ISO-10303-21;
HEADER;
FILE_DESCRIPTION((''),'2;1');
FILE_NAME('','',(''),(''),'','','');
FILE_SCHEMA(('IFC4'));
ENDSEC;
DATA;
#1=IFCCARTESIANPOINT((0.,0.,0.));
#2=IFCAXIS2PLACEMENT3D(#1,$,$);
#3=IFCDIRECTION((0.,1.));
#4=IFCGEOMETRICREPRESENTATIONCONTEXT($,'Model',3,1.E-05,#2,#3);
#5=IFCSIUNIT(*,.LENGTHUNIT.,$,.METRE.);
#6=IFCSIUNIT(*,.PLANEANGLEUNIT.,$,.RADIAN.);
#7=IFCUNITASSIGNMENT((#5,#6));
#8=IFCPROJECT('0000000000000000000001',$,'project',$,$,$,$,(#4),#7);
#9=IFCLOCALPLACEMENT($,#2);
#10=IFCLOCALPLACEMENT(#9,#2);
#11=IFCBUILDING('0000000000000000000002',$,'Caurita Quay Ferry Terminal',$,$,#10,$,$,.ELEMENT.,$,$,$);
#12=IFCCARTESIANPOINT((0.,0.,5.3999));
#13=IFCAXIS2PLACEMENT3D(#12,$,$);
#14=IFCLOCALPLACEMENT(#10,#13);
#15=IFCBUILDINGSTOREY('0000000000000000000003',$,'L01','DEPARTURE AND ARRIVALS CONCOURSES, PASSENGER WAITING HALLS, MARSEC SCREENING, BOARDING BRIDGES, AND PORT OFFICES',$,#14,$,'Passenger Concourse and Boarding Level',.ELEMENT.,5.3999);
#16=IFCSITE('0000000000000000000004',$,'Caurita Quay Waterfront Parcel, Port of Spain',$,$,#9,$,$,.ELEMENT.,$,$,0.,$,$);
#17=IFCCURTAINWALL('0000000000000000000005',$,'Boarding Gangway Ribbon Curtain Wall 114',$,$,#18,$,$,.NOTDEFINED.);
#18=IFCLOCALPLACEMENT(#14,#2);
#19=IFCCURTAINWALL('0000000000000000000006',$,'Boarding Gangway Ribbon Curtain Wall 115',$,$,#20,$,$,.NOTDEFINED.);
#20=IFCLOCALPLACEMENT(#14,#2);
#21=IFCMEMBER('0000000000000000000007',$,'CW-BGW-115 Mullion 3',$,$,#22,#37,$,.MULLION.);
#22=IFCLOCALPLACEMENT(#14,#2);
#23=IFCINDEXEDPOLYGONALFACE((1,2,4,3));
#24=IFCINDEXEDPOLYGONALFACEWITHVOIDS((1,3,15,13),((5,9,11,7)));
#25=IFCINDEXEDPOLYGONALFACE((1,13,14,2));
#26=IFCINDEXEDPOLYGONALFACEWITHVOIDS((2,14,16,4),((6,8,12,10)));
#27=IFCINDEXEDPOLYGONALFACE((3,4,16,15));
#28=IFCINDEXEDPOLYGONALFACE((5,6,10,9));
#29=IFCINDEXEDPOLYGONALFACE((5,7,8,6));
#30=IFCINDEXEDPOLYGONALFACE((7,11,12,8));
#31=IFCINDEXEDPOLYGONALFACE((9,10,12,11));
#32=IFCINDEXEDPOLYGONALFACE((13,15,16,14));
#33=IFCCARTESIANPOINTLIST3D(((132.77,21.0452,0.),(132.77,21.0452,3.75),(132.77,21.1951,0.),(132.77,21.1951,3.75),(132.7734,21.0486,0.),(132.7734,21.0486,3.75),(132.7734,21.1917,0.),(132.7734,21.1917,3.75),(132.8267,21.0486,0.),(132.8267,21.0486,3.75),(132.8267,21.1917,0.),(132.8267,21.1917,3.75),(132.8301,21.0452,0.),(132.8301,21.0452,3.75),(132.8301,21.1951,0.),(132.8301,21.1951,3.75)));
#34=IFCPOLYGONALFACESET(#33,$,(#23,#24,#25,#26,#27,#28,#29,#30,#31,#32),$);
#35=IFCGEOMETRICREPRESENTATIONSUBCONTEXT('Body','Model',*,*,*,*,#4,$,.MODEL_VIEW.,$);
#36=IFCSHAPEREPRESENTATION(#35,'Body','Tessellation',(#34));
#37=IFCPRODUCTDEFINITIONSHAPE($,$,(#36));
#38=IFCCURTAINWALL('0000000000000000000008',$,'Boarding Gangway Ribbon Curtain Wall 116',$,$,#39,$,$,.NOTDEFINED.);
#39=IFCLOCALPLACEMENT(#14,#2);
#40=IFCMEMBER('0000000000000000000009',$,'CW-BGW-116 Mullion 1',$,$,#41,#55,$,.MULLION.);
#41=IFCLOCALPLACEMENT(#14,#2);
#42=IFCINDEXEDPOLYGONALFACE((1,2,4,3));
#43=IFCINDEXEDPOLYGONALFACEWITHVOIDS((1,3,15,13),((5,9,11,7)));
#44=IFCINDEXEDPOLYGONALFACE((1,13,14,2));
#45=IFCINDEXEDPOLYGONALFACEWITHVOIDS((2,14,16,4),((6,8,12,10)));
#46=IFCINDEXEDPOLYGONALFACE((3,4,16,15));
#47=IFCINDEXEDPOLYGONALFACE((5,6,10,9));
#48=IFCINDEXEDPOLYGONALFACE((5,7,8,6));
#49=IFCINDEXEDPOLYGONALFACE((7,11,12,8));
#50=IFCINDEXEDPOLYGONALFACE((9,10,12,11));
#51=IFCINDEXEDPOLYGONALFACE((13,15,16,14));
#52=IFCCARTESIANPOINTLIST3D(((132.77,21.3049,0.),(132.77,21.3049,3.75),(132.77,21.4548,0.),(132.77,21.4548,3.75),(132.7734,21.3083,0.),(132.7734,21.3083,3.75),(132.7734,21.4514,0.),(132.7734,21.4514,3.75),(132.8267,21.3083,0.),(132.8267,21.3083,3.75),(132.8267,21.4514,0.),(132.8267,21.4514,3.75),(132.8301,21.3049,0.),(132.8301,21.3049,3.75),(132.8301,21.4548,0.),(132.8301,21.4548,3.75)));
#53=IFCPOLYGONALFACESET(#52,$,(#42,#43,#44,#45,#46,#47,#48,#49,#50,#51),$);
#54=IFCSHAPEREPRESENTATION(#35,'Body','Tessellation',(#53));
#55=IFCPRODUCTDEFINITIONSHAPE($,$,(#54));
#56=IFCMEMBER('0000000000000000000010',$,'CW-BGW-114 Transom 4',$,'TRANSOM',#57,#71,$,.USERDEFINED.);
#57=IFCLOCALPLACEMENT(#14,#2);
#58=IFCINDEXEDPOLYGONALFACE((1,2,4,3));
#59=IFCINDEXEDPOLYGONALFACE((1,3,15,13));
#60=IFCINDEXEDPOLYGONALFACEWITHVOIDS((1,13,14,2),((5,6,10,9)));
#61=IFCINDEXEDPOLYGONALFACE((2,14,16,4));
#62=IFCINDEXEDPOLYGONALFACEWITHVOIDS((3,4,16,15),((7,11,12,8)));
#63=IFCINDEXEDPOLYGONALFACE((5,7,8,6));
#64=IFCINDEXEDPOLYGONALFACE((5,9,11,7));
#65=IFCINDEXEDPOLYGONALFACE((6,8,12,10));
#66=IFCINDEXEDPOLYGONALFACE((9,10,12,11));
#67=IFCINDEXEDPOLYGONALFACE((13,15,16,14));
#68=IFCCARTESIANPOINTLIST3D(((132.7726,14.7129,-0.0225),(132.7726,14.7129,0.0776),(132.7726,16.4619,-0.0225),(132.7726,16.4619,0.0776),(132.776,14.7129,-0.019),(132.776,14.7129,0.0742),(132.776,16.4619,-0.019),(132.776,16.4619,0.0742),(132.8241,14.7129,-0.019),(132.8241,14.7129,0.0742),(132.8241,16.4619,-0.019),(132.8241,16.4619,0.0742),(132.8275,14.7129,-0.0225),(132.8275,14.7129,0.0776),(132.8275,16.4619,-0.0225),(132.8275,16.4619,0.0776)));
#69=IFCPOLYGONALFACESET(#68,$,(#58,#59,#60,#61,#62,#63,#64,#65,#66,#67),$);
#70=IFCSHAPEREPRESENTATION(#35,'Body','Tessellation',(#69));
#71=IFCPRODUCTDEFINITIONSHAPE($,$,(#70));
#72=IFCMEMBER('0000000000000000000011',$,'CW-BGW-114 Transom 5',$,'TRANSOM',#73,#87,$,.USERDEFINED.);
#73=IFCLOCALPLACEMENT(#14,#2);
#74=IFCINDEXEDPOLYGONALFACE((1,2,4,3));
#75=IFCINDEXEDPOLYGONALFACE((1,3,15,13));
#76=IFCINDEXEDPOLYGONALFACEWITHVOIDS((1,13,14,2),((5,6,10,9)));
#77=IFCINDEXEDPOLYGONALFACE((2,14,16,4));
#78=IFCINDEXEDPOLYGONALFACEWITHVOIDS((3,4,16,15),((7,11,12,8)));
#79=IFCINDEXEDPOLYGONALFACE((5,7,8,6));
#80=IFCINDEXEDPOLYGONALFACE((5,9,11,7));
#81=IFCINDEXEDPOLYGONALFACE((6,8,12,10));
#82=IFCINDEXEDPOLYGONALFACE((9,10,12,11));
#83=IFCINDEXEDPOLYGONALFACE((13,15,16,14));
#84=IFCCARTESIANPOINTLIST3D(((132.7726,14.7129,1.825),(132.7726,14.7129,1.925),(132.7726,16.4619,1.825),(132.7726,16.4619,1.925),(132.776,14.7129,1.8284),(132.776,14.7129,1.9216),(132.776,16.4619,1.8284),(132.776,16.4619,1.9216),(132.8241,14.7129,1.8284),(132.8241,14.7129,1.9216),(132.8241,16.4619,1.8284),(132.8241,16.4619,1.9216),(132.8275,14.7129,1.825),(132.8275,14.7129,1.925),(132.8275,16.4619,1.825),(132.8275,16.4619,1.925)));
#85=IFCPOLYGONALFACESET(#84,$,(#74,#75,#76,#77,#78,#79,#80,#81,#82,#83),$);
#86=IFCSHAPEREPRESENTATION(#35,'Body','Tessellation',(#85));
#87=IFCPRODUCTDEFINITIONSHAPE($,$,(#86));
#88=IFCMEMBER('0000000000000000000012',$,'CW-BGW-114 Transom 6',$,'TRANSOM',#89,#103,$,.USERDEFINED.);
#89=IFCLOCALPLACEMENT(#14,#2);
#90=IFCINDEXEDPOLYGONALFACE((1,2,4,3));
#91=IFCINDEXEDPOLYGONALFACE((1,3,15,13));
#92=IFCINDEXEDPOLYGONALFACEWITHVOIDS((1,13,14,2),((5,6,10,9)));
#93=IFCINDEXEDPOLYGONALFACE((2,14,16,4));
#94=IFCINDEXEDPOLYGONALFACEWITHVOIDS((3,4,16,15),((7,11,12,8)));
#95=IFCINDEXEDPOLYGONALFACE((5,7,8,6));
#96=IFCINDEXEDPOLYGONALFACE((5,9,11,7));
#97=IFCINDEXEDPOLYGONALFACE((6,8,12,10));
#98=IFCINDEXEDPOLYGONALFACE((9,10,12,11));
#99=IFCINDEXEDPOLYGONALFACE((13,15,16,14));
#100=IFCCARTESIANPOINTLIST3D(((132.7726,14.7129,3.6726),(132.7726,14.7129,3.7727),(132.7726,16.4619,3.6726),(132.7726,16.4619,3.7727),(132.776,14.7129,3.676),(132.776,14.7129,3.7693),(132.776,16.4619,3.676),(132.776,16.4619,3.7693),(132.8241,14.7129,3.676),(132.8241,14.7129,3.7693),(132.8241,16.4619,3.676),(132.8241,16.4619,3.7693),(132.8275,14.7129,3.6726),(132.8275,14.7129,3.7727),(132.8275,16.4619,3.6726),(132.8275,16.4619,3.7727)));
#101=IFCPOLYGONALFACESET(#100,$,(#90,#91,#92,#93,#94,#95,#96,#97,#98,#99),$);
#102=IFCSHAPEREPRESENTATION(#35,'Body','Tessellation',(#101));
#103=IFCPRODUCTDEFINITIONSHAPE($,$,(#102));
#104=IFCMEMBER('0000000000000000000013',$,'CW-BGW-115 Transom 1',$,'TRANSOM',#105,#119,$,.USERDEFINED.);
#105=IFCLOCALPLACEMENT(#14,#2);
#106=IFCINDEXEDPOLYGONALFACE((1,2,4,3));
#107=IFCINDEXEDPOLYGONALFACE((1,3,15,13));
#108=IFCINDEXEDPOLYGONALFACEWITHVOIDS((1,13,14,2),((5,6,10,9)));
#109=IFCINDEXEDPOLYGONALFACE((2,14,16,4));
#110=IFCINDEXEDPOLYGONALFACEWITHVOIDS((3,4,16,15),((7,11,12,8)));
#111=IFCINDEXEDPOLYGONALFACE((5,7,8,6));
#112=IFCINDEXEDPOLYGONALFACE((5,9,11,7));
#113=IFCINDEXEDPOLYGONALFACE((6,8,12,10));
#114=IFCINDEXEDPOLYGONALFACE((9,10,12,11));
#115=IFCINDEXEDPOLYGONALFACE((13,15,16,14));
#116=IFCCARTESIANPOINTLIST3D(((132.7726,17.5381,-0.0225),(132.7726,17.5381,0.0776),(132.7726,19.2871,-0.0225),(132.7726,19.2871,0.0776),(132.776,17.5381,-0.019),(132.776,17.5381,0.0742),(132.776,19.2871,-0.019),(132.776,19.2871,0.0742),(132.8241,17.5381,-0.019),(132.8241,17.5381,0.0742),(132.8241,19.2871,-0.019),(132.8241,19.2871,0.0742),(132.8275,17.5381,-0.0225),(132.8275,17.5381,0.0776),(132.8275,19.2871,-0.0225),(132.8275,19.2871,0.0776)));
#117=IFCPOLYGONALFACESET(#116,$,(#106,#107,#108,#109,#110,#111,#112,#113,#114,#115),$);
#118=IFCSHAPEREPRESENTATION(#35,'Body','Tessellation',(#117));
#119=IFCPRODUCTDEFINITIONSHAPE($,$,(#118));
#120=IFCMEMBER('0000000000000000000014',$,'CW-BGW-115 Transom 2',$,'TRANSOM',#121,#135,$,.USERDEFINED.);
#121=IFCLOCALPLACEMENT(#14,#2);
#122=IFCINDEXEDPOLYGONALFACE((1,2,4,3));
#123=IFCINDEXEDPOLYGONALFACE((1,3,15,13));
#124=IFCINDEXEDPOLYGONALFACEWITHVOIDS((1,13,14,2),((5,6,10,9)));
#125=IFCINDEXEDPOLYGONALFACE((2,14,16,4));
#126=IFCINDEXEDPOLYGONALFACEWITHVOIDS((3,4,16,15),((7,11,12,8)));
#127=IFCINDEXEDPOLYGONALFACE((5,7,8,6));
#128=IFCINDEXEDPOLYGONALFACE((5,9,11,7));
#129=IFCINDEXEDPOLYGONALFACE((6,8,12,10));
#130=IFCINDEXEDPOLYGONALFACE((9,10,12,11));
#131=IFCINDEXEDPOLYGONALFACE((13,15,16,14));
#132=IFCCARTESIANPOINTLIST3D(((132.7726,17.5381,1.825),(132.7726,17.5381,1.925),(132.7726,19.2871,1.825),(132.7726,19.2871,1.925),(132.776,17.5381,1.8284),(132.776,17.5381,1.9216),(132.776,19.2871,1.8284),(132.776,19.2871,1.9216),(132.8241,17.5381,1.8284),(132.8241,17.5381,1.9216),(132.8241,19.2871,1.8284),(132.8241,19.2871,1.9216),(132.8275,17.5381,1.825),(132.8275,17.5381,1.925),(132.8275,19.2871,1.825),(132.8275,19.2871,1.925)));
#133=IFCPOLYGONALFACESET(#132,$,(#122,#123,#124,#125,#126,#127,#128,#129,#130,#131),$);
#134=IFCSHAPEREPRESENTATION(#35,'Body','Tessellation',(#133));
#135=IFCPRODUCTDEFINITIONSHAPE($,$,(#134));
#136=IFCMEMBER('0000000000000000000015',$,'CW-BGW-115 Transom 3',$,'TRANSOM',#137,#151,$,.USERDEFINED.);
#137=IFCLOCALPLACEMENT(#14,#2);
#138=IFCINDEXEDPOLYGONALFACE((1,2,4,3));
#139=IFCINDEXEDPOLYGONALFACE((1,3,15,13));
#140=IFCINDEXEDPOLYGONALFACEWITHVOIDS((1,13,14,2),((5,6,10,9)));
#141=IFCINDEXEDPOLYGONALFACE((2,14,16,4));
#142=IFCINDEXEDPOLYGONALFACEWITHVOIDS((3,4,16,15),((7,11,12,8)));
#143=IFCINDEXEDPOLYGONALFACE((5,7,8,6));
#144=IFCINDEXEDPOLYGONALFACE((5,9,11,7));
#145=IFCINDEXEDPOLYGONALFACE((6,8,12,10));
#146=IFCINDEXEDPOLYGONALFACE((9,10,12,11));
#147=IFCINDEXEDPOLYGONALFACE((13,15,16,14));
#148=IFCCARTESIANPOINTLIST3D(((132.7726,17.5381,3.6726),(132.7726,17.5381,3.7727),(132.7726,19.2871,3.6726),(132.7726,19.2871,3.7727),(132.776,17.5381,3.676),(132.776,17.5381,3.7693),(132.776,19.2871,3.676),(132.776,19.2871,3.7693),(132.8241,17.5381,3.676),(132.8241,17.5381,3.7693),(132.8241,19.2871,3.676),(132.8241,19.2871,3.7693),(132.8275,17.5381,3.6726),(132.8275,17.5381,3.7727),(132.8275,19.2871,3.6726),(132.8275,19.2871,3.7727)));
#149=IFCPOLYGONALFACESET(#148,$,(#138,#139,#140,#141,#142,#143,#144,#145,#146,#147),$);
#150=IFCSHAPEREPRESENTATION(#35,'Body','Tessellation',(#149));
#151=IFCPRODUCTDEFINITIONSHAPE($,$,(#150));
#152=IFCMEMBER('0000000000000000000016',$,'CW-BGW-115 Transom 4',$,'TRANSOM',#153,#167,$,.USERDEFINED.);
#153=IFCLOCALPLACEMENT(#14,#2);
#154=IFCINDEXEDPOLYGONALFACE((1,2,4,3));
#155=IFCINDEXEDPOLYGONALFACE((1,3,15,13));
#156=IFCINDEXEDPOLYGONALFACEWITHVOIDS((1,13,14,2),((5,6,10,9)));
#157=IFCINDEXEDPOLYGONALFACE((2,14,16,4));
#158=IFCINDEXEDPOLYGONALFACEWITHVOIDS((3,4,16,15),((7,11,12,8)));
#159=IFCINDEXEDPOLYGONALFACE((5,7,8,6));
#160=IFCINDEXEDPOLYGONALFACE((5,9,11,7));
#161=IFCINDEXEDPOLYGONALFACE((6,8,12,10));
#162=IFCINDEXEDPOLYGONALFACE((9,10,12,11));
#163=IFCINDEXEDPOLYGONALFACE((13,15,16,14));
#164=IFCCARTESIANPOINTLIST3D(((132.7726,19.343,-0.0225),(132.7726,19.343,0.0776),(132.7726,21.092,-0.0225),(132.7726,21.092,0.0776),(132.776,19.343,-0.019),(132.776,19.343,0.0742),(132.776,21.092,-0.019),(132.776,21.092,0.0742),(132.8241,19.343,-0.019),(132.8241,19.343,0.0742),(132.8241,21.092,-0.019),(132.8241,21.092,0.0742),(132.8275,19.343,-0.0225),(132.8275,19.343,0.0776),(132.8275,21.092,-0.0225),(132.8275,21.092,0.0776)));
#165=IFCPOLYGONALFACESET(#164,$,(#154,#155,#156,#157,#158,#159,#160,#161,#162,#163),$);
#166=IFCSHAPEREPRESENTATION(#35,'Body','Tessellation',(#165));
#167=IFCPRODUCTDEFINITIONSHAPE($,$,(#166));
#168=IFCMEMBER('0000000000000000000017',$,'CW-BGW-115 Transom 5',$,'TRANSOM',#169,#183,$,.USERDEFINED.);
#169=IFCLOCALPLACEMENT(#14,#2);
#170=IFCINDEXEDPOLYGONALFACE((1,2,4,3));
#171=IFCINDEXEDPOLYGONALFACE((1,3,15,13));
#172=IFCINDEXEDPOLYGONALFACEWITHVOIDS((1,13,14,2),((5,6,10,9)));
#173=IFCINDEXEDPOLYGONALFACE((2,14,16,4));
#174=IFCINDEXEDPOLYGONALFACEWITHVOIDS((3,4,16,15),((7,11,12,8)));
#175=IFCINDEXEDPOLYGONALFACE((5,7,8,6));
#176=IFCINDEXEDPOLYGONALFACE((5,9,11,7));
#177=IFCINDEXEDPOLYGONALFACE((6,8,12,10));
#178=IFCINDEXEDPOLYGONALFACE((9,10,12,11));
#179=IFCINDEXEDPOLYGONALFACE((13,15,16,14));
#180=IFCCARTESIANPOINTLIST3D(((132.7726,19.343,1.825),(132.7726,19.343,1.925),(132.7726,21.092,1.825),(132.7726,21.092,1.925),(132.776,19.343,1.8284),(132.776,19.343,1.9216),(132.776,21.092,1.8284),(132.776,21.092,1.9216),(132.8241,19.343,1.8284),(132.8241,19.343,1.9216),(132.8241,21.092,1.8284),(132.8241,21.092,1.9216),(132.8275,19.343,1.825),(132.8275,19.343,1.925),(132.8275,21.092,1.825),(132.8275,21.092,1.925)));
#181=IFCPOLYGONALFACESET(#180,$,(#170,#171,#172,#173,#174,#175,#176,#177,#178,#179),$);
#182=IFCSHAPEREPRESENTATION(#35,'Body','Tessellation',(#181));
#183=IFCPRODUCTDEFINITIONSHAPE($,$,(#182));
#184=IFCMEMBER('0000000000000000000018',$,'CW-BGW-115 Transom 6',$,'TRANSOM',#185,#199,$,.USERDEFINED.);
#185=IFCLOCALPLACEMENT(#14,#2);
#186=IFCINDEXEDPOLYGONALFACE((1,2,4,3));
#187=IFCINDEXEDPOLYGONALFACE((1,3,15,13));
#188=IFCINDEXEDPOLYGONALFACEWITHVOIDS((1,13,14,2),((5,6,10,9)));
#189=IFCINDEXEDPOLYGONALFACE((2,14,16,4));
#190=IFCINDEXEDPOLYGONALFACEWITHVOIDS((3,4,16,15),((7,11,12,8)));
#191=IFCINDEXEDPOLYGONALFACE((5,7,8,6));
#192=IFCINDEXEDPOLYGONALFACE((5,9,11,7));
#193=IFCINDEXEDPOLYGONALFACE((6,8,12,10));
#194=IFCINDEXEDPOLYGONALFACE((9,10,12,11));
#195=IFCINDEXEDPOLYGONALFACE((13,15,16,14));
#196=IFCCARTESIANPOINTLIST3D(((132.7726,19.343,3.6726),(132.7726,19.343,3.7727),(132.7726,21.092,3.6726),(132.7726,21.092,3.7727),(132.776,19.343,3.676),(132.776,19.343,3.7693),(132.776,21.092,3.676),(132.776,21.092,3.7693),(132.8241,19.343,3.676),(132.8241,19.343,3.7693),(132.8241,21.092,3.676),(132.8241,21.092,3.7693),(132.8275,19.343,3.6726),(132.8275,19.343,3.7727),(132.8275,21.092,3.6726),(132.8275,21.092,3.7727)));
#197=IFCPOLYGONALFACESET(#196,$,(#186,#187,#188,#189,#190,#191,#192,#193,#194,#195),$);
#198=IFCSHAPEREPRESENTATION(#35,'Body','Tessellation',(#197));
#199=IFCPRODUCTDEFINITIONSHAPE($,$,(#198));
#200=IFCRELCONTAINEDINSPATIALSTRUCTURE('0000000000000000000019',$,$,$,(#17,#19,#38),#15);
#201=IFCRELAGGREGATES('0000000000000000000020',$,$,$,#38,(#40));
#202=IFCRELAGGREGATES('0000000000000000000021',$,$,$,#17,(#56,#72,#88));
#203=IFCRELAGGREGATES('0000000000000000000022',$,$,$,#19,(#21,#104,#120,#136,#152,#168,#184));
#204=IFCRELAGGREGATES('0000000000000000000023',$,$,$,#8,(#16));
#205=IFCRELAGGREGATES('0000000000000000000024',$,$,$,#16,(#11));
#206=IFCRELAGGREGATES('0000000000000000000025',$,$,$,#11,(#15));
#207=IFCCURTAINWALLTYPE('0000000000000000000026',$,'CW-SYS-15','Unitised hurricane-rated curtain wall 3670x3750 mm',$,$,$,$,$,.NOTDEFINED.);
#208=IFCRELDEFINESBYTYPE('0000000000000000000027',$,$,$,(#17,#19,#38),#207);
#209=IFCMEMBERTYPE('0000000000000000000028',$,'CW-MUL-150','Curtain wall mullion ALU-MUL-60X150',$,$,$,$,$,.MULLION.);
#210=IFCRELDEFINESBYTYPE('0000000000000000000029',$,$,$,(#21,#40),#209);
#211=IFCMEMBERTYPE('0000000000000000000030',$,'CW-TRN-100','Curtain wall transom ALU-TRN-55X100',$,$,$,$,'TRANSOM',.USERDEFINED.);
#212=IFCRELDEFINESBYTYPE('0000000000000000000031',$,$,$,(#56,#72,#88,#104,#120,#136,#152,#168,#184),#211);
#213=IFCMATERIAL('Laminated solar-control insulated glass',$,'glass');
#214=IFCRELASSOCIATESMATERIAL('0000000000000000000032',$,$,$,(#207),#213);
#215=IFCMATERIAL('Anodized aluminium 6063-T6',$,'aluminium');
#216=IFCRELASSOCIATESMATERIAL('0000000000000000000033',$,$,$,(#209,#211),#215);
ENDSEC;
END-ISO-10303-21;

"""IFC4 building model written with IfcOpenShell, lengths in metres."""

from ifc_helpers import new_model, si_unit, direction, frame, origin, origin_2d, place, context, subcontext, project, spatial, hollow_rectangle, extrude, material, material_profile, profile_set, type_object, element, aggregate, save


model = new_model("IFC4")

# Units and contexts
model_context = context("Model", 3, precision=1e-05, world=origin(), true_north=direction((0.0, 1.0)))
body_context = subcontext(model_context, "Body", "Model", "MODEL_VIEW")
ifc_project = project(units=[si_unit("LENGTHUNIT", "METRE"), si_unit("PLANEANGLEUNIT", "RADIAN")], contexts=[model_context])

# Site, building, storey
site_placement = place(None, origin())
site = spatial("IfcSite", under=ifc_project, at=site_placement, Name="Caurita Quay Waterfront Parcel, Port of Spain", CompositionType="ELEMENT", RefElevation=0.0)
building_placement = place(site_placement, origin())
building = spatial("IfcBuilding", under=site, at=building_placement, Name="Caurita Quay Ferry Terminal", CompositionType="ELEMENT")
storey_placement = place(building_placement, frame((0.0, 0.0, 5.3999)))
storey = spatial("IfcBuildingStorey", under=building, at=storey_placement, Name="L01", Description="DEPARTURE AND ARRIVALS CONCOURSES, PASSENGER WAITING HALLS, MARSEC SCREENING, BOARDING BRIDGES, AND PORT OFFICES", LongName="Passenger Concourse and Boarding Level", CompositionType="ELEMENT", Elevation=5.3999)

# Curtain walls, member
ifc_material_1 = material(Name="Laminated solar-control insulated glass", Category="glass")
curtain_wall_type = type_object("IfcCurtainWallType", Name="CW-SYS-15", Description="Unitised hurricane-rated curtain wall 3670x3750 mm", PredefinedType="NOTDEFINED", material=ifc_material_1)
curtain_wall_1_placement = place(storey_placement, origin())
curtain_wall_1 = element("IfcCurtainWall", 1, at=curtain_wall_1_placement, inside=storey, type_object=curtain_wall_type, Name="Boarding Gangway Ribbon Curtain Wall 114", PredefinedType="NOTDEFINED")
ifc_material_2 = material(Name="Anodized aluminium 6063-T6", Category="aluminium")
ifc_material_profile_1 = material_profile(ifc_material_2, hollow_rectangle(XDim=0.0601, YDim=0.1499, WallThickness=0.0034, at=origin_2d()), Name="ALU-MUL-60X150")
ifc_profile_set_1 = profile_set([ifc_material_profile_1], Name="Anodized aluminium 6063-T6")
member_type_1 = type_object("IfcMemberType", Name="CW-MUL-150", Description="Curtain wall mullion ALU-MUL-60X150", PredefinedType="MULLION", material=ifc_profile_set_1)
curtain_wall_2_placement = place(storey_placement, origin())
curtain_wall_2 = element("IfcCurtainWall", 2, at=curtain_wall_2_placement, inside=storey, type_object=curtain_wall_type, Name="Boarding Gangway Ribbon Curtain Wall 115", PredefinedType="NOTDEFINED")
member_1_placement = place(storey_placement, frame((132.8, 21.1201, 0.0), z_axis=(0.0, 0.0, 1.0), x_axis=(-1.0, 0.0, 0.0)))
member_1 = element("IfcMember", 3, at=member_1_placement, type_object=member_type_1, Name="CW-BGW-115 Mullion 3", PredefinedType="MULLION", context=body_context, shape_type="SweptSolid", body=[
    extrude(hollow_rectangle(XDim=0.0601, YDim=0.1499, WallThickness=0.0034, at=origin_2d()), origin(), (0.0, 0.0, 1.0), 3.75),
])

# Curtain wall, member
curtain_wall_3_placement = place(storey_placement, origin())
curtain_wall_3 = element("IfcCurtainWall", 4, at=curtain_wall_3_placement, inside=storey, type_object=curtain_wall_type, Name="Boarding Gangway Ribbon Curtain Wall 116", PredefinedType="NOTDEFINED")
member_2_placement = place(storey_placement, frame((132.8, 21.3799, 0.0), z_axis=(0.0, 0.0, 1.0), x_axis=(-1.0, 0.0, 0.0)))
member_2 = element("IfcMember", 5, at=member_2_placement, type_object=member_type_1, Name="CW-BGW-116 Mullion 1", PredefinedType="MULLION", context=body_context, shape_type="SweptSolid", body=[
    extrude(hollow_rectangle(XDim=0.0601, YDim=0.1499, WallThickness=0.0034, at=origin_2d()), origin(), (0.0, 0.0, 1.0), 3.75),
])

# Members
ifc_material_profile_2 = material_profile(ifc_material_2, hollow_rectangle(XDim=0.0549, YDim=0.1001, WallThickness=0.0034, at=origin_2d()), Name="ALU-TRN-55X100")
ifc_profile_set_2 = profile_set([ifc_material_profile_2], Name="Anodized aluminium 6063-T6")
member_type_2 = type_object("IfcMemberType", Name="CW-TRN-100", Description="Curtain wall transom ALU-TRN-55X100", ElementType="TRANSOM", PredefinedType="USERDEFINED", material=ifc_profile_set_2)
member_3_placement = place(storey_placement, frame((132.8, 14.7129, 0.0276), z_axis=(0.0, 1.0, 0.0), x_axis=(-1.0, 0.0, 0.0)))
member_3 = element("IfcMember", 6, at=member_3_placement, type_object=member_type_2, Name="CW-BGW-114 Transom 4", ObjectType="TRANSOM", PredefinedType="USERDEFINED", context=body_context, shape_type="SweptSolid", body=[
    extrude(hollow_rectangle(XDim=0.0549, YDim=0.1001, WallThickness=0.0034, at=origin_2d()), origin(), (0.0, 0.0, 1.0), 1.749),
])
member_4_placement = place(storey_placement, frame((132.8, 14.7129, 1.875), z_axis=(0.0, 1.0, 0.0), x_axis=(-1.0, 0.0, 0.0)))
member_4 = element("IfcMember", 7, at=member_4_placement, type_object=member_type_2, Name="CW-BGW-114 Transom 5", ObjectType="TRANSOM", PredefinedType="USERDEFINED", context=body_context, shape_type="SweptSolid", body=[
    extrude(hollow_rectangle(XDim=0.0549, YDim=0.1001, WallThickness=0.0034, at=origin_2d()), origin(), (0.0, 0.0, 1.0), 1.749),
])
member_5_placement = place(storey_placement, frame((132.8, 14.7129, 3.7227), z_axis=(0.0, 1.0, 0.0), x_axis=(-1.0, 0.0, 0.0)))
member_5 = element("IfcMember", 8, at=member_5_placement, type_object=member_type_2, Name="CW-BGW-114 Transom 6", ObjectType="TRANSOM", PredefinedType="USERDEFINED", context=body_context, shape_type="SweptSolid", body=[
    extrude(hollow_rectangle(XDim=0.0549, YDim=0.1001, WallThickness=0.0034, at=origin_2d()), origin(), (0.0, 0.0, 1.0), 1.749),
])
member_6_placement = place(storey_placement, frame((132.8, 17.5381, 0.0276), z_axis=(0.0, 1.0, 0.0), x_axis=(-1.0, 0.0, 0.0)))
member_6 = element("IfcMember", 9, at=member_6_placement, type_object=member_type_2, Name="CW-BGW-115 Transom 1", ObjectType="TRANSOM", PredefinedType="USERDEFINED", context=body_context, shape_type="SweptSolid", body=[
    extrude(hollow_rectangle(XDim=0.0549, YDim=0.1001, WallThickness=0.0034, at=origin_2d()), origin(), (0.0, 0.0, 1.0), 1.749),
])
member_7_placement = place(storey_placement, frame((132.8, 17.5381, 1.875), z_axis=(0.0, 1.0, 0.0), x_axis=(-1.0, 0.0, 0.0)))
member_7 = element("IfcMember", 10, at=member_7_placement, type_object=member_type_2, Name="CW-BGW-115 Transom 2", ObjectType="TRANSOM", PredefinedType="USERDEFINED", context=body_context, shape_type="SweptSolid", body=[
    extrude(hollow_rectangle(XDim=0.0549, YDim=0.1001, WallThickness=0.0034, at=origin_2d()), origin(), (0.0, 0.0, 1.0), 1.749),
])
member_8_placement = place(storey_placement, frame((132.8, 17.5381, 3.7227), z_axis=(0.0, 1.0, 0.0), x_axis=(-1.0, 0.0, 0.0)))
member_8 = element("IfcMember", 11, at=member_8_placement, type_object=member_type_2, Name="CW-BGW-115 Transom 3", ObjectType="TRANSOM", PredefinedType="USERDEFINED", context=body_context, shape_type="SweptSolid", body=[
    extrude(hollow_rectangle(XDim=0.0549, YDim=0.1001, WallThickness=0.0034, at=origin_2d()), origin(), (0.0, 0.0, 1.0), 1.749),
])
member_9_placement = place(storey_placement, frame((132.8, 19.343, 0.0276), z_axis=(0.0, 1.0, 0.0), x_axis=(-1.0, 0.0, 0.0)))
member_9 = element("IfcMember", 12, at=member_9_placement, type_object=member_type_2, Name="CW-BGW-115 Transom 4", ObjectType="TRANSOM", PredefinedType="USERDEFINED", context=body_context, shape_type="SweptSolid", body=[
    extrude(hollow_rectangle(XDim=0.0549, YDim=0.1001, WallThickness=0.0034, at=origin_2d()), origin(), (0.0, 0.0, 1.0), 1.749),
])
member_10_placement = place(storey_placement, frame((132.8, 19.343, 1.875), z_axis=(0.0, 1.0, 0.0), x_axis=(-1.0, 0.0, 0.0)))
member_10 = element("IfcMember", 13, at=member_10_placement, type_object=member_type_2, Name="CW-BGW-115 Transom 5", ObjectType="TRANSOM", PredefinedType="USERDEFINED", context=body_context, shape_type="SweptSolid", body=[
    extrude(hollow_rectangle(XDim=0.0549, YDim=0.1001, WallThickness=0.0034, at=origin_2d()), origin(), (0.0, 0.0, 1.0), 1.749),
])
member_11_placement = place(storey_placement, frame((132.8, 19.343, 3.7227), z_axis=(0.0, 1.0, 0.0), x_axis=(-1.0, 0.0, 0.0)))
member_11 = element("IfcMember", 14, at=member_11_placement, type_object=member_type_2, Name="CW-BGW-115 Transom 6", ObjectType="TRANSOM", PredefinedType="USERDEFINED", context=body_context, shape_type="SweptSolid", body=[
    extrude(hollow_rectangle(XDim=0.0549, YDim=0.1001, WallThickness=0.0034, at=origin_2d()), origin(), (0.0, 0.0, 1.0), 1.749),
])
aggregate(curtain_wall_3, [member_2])

aggregate(curtain_wall_1, [member_3, member_4, member_5])
aggregate(curtain_wall_2, [member_1, member_6, member_7, member_8, member_9, member_10, member_11])

save(model, "model.ifc")
